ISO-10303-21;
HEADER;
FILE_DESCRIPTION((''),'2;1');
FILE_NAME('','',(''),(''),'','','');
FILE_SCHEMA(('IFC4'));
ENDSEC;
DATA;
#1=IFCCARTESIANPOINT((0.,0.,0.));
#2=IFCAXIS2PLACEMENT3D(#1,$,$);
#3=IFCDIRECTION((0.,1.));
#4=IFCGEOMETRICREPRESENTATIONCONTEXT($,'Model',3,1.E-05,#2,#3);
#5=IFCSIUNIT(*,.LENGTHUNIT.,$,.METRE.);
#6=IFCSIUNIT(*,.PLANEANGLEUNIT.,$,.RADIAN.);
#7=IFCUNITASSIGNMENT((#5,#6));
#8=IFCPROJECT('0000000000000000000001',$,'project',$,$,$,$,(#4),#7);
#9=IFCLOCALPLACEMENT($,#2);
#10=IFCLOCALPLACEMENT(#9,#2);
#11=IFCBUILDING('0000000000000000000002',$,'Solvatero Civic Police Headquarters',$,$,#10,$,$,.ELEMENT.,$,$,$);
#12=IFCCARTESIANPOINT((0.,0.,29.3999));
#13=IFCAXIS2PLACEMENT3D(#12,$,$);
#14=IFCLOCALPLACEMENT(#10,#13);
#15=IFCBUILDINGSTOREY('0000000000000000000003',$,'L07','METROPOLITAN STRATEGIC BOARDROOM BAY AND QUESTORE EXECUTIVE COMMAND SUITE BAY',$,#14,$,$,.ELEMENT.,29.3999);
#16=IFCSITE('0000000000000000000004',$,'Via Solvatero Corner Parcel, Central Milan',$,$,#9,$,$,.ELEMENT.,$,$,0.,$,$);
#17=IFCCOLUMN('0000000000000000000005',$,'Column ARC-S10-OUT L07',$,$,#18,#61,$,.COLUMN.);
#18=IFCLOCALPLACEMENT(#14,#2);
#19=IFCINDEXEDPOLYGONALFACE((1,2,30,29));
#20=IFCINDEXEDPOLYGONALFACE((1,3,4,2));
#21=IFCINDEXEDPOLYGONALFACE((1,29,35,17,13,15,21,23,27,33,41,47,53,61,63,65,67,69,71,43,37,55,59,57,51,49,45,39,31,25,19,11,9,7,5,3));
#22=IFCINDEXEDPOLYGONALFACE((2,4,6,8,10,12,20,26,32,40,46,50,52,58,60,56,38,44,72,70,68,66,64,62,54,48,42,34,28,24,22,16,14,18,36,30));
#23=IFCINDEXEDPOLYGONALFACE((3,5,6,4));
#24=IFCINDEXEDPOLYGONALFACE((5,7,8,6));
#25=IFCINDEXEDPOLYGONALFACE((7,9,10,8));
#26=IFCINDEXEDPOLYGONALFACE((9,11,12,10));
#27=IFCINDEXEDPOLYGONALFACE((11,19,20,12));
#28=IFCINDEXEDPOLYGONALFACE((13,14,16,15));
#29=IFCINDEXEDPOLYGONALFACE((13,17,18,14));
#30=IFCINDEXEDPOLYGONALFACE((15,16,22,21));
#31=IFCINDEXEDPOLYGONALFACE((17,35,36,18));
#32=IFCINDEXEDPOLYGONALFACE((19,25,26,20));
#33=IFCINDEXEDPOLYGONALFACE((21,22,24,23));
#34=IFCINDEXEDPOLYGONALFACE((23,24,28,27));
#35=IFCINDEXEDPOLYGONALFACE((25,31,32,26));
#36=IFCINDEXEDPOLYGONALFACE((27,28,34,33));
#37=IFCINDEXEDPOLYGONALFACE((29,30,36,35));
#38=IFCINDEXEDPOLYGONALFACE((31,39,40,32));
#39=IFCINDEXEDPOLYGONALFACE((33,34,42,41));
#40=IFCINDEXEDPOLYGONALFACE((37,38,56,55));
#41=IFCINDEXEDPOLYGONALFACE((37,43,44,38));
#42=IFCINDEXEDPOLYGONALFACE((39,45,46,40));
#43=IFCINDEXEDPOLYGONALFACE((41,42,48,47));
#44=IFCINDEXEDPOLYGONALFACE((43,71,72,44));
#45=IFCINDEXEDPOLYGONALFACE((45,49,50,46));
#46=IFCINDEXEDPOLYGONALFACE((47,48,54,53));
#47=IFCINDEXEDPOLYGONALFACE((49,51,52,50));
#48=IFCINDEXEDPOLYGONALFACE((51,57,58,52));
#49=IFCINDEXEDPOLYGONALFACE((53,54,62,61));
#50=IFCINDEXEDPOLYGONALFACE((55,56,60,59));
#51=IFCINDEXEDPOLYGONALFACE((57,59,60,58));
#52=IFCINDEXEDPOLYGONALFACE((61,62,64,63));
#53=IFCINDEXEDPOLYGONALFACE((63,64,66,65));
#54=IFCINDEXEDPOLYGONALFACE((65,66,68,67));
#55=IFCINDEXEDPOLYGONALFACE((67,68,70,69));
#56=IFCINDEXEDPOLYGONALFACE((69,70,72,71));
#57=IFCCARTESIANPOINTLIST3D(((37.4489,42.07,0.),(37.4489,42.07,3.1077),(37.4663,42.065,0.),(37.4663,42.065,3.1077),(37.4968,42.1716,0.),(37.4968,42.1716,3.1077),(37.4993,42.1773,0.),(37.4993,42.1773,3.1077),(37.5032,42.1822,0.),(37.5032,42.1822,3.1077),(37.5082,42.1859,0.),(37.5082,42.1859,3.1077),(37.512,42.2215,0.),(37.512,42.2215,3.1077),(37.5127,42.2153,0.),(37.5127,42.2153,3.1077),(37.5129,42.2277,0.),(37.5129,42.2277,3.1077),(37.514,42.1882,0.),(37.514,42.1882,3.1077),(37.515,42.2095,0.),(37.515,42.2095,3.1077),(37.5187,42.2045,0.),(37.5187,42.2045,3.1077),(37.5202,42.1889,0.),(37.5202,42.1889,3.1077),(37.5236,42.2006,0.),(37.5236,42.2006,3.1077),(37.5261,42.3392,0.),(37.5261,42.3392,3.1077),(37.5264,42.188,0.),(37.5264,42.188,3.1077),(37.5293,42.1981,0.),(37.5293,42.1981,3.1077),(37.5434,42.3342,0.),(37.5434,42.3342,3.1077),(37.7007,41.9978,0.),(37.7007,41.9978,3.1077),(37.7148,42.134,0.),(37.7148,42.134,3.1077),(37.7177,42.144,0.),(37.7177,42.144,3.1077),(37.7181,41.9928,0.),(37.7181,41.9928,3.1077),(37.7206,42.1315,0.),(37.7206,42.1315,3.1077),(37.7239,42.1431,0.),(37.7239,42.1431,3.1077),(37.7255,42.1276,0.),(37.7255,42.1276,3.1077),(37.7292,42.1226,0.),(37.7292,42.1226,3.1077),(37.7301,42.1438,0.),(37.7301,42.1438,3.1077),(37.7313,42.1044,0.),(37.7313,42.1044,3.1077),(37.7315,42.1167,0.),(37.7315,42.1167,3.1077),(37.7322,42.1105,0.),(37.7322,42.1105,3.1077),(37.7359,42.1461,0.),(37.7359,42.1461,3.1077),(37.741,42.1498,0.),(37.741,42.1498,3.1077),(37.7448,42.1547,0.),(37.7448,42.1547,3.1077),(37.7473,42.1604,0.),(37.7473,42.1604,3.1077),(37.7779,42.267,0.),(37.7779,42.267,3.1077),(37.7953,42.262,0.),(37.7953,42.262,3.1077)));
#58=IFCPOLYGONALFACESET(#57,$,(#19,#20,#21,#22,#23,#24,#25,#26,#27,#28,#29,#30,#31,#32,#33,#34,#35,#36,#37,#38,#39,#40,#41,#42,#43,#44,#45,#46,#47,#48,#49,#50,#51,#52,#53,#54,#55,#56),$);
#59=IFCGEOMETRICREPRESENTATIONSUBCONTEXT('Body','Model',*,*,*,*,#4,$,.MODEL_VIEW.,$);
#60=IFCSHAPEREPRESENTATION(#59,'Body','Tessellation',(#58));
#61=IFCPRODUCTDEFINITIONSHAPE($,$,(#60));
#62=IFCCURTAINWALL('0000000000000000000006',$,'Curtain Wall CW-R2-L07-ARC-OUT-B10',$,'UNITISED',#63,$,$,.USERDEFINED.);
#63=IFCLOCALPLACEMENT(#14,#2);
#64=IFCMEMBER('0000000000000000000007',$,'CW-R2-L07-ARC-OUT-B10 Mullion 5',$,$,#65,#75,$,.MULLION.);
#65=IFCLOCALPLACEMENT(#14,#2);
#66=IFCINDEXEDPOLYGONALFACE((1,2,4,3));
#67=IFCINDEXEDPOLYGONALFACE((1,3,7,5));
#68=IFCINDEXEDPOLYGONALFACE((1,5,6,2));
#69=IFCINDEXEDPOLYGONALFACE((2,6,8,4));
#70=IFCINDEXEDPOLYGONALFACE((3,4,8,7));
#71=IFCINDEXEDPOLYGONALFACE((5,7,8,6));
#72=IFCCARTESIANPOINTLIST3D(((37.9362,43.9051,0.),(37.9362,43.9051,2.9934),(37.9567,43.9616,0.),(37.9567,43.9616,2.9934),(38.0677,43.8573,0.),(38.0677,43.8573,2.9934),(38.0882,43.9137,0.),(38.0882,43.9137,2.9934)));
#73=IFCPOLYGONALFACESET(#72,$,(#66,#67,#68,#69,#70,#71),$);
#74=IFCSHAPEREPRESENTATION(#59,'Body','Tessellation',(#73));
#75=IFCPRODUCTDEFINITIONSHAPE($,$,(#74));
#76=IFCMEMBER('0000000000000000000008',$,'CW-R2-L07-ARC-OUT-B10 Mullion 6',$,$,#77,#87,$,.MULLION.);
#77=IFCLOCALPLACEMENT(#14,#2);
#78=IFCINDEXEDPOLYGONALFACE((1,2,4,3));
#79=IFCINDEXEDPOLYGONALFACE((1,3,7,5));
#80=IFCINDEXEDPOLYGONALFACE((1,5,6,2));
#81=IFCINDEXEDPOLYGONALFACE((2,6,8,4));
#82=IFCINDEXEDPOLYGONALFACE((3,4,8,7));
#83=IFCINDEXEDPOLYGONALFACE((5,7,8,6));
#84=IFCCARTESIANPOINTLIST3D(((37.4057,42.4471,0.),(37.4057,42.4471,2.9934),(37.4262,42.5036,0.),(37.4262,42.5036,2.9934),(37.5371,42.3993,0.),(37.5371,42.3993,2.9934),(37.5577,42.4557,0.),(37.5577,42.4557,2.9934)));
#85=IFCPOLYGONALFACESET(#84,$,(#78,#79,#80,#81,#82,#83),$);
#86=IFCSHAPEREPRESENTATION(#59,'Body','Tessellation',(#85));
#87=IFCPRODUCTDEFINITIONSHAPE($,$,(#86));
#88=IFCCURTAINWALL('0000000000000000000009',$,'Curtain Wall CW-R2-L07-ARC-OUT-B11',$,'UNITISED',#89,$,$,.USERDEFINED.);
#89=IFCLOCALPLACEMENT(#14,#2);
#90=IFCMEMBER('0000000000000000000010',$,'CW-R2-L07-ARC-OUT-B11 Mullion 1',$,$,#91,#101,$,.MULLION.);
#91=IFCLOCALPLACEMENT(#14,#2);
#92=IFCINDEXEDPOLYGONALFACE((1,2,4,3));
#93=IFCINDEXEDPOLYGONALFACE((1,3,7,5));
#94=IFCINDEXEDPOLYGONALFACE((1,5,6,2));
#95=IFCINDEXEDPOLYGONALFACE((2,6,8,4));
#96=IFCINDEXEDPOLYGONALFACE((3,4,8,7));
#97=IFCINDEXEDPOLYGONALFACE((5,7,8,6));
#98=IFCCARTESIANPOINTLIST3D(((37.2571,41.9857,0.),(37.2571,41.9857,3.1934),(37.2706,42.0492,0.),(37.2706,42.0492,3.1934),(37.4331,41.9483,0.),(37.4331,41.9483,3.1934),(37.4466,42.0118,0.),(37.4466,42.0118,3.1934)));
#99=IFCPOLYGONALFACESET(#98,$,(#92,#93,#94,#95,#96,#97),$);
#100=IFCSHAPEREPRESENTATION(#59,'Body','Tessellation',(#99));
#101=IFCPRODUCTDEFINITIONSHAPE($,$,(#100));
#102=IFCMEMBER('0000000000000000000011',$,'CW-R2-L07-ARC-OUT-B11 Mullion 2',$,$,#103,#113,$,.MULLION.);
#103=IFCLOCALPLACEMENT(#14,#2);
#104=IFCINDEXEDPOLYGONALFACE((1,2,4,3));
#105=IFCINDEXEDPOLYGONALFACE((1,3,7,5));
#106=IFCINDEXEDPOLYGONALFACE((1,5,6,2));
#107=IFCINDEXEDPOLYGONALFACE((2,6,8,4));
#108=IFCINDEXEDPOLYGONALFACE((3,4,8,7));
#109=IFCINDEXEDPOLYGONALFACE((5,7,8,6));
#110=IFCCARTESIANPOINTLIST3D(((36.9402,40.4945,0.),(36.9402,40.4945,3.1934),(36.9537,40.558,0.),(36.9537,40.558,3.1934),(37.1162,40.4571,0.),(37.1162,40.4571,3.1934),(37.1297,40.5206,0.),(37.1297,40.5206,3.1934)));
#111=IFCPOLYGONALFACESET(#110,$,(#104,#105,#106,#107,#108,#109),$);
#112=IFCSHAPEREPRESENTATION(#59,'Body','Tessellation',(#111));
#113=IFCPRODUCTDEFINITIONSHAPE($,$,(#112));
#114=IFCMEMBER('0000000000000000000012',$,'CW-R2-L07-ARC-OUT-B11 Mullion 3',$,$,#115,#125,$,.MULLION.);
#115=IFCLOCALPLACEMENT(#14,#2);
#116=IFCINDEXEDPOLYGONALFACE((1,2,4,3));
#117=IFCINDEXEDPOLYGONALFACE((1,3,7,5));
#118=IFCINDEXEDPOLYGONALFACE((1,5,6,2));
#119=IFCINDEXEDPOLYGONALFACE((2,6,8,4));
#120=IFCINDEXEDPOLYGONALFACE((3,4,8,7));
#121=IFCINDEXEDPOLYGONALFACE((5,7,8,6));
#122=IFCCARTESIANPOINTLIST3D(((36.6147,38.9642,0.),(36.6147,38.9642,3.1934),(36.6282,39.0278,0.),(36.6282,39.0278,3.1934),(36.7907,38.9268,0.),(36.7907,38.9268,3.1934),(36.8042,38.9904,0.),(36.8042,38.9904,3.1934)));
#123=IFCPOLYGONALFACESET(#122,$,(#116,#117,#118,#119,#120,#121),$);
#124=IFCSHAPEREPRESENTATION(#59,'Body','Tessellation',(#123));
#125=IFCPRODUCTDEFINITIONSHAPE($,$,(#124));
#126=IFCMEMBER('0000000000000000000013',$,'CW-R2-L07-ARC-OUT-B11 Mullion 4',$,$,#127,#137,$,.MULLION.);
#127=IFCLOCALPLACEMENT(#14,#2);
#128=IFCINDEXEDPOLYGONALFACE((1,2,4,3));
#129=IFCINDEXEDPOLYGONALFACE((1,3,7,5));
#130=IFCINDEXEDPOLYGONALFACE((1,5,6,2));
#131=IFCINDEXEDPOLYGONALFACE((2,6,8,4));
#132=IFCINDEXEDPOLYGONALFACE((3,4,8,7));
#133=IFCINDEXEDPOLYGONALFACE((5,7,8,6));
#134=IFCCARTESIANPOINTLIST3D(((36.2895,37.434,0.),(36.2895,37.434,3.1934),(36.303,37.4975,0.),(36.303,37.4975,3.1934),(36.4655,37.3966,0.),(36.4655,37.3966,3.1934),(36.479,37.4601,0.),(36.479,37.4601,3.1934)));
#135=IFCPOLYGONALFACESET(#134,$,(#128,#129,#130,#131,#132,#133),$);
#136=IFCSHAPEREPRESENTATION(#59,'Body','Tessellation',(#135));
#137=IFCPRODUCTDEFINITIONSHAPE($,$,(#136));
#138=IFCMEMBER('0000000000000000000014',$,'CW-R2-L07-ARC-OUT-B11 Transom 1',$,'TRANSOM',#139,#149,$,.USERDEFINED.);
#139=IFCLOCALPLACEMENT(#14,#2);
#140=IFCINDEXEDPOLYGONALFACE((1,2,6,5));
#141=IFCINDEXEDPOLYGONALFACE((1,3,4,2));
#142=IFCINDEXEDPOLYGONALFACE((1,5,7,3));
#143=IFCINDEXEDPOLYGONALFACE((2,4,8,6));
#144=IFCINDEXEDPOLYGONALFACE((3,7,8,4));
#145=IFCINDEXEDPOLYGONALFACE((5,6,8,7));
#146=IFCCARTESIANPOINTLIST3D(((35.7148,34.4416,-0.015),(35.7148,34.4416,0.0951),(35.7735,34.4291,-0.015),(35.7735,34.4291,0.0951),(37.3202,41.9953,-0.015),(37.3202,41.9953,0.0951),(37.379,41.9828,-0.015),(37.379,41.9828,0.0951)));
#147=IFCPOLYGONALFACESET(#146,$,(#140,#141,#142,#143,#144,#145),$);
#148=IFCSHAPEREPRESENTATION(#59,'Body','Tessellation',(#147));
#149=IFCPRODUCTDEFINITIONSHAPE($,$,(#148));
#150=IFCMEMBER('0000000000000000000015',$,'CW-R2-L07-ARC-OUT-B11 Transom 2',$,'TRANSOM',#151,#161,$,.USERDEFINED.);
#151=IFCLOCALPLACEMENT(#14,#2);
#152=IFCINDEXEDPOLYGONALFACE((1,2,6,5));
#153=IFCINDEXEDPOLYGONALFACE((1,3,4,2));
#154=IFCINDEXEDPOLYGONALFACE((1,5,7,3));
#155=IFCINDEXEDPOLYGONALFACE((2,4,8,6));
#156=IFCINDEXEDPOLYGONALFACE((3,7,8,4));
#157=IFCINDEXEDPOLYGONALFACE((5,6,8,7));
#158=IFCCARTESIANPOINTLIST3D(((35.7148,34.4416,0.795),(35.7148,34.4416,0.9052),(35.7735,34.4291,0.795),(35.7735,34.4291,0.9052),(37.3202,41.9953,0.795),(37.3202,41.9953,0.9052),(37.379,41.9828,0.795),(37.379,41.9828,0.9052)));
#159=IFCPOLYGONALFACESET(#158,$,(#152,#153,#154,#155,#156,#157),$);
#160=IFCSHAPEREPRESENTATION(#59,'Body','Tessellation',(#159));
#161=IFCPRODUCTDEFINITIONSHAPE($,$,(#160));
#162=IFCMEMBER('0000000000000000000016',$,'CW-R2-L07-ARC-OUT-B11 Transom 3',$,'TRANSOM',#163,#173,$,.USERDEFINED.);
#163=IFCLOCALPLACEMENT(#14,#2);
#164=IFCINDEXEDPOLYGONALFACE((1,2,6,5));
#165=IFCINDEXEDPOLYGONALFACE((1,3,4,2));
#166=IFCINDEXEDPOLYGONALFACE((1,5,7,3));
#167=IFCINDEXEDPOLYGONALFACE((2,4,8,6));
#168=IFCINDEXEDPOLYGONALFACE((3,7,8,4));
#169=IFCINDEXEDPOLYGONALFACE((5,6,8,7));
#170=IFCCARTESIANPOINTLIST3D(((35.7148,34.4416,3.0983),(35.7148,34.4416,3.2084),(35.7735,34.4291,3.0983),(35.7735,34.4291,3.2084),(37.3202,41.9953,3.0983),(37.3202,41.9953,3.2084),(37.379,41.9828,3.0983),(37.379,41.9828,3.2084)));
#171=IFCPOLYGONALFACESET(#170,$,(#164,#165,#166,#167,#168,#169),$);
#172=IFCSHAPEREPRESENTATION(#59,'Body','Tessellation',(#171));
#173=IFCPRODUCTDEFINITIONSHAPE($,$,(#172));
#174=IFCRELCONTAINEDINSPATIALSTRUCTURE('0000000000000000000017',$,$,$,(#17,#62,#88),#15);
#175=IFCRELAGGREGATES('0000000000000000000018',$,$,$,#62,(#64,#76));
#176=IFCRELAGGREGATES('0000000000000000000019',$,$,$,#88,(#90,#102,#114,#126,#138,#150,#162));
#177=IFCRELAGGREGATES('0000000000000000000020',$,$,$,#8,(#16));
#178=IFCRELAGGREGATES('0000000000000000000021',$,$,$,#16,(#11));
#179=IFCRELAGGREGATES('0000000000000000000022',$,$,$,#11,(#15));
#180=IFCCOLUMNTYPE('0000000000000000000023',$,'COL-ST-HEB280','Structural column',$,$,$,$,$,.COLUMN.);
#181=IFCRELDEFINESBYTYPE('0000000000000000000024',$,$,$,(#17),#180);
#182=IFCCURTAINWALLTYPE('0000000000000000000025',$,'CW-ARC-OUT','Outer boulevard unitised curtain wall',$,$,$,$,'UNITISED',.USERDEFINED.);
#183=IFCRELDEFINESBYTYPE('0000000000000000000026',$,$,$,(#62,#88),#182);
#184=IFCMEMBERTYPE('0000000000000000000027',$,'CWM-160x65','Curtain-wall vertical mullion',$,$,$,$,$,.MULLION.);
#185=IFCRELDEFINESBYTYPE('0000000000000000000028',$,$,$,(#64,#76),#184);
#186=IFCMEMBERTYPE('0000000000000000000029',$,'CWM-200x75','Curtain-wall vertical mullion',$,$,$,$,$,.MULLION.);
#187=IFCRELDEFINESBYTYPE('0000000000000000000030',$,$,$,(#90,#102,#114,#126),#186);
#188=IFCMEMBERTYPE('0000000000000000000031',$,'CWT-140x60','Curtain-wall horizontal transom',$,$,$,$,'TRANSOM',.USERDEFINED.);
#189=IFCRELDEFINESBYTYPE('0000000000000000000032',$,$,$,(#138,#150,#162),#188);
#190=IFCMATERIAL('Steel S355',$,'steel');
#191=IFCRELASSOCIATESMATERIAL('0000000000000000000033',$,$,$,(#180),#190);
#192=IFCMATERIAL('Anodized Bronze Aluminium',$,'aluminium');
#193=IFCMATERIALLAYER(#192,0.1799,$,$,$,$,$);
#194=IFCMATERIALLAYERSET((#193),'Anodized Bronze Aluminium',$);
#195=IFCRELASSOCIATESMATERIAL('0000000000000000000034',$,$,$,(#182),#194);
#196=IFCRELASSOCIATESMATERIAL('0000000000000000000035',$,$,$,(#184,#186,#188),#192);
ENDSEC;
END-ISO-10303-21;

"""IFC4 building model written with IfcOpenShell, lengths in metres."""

from ifc_helpers import new_model, si_unit, direction, frame, origin, origin_2d, place, context, subcontext, project, spatial, rectangle, i_section, extrude, material, layer, layer_set, material_profile, profile_set, type_object, element, aggregate, save


model = new_model("IFC4")

# Units and contexts
model_context = context("Model", 3, precision=1e-05, world=origin(), true_north=direction((0.0, 1.0)))
body_context = subcontext(model_context, "Body", "Model", "MODEL_VIEW")
ifc_project = project(units=[si_unit("LENGTHUNIT", "METRE"), si_unit("PLANEANGLEUNIT", "RADIAN")], contexts=[model_context])

# Site, building, storey
site_placement = place(None, origin())
site = spatial("IfcSite", under=ifc_project, at=site_placement, Name="Via Solvatero Corner Parcel, Central Milan", CompositionType="ELEMENT", RefElevation=0.0)
building_placement = place(site_placement, origin())
building = spatial("IfcBuilding", under=site, at=building_placement, Name="Solvatero Civic Police Headquarters", CompositionType="ELEMENT")
storey_placement = place(building_placement, frame((0.0, 0.0, 29.3999)))
storey = spatial("IfcBuildingStorey", under=building, at=storey_placement, Name="L07", Description="METROPOLITAN STRATEGIC BOARDROOM BAY AND QUESTORE EXECUTIVE COMMAND SUITE BAY", CompositionType="ELEMENT", Elevation=29.3999)

# Column
ifc_material_1 = material(Name="Steel S355", Category="steel")
ifc_material_profile_1 = material_profile(ifc_material_1, i_section(OverallWidth=0.28, OverallDepth=0.28, WebThickness=0.0105, FlangeThickness=0.0181, FilletRadius=0.0239, at=origin_2d()), Name="HEB 280")
ifc_profile_set_1 = profile_set([ifc_material_profile_1], Name="Steel S355")
column_type = type_object("IfcColumnType", Name="COL-ST-HEB280", Description="Structural column", PredefinedType="COLUMN", material=ifc_profile_set_1)
column_placement = place(storey_placement, frame((37.6221, 42.166, 0.0), z_axis=(0.0, 0.0, 1.0), x_axis=(0.275637, 0.961262, 0.0)))
element("IfcColumn", 1, at=column_placement, inside=storey, type_object=column_type, Name="Column ARC-S10-OUT L07", PredefinedType="COLUMN", context=body_context, shape_type="SweptSolid", body=[
    extrude(i_section(OverallWidth=0.28, OverallDepth=0.28, WebThickness=0.0105, FlangeThickness=0.0181, FilletRadius=0.0239, at=origin_2d()), origin(), (0.0, 0.0, 1.0), 3.1077),
])

# Curtain walls, members
ifc_material_2 = material(Name="Anodized Bronze Aluminium", Category="aluminium")
ifc_layer_1 = layer(ifc_material_2, 0.1799)
ifc_layer_set_1 = layer_set([ifc_layer_1], Name="Anodized Bronze Aluminium")
curtain_wall_type = type_object("IfcCurtainWallType", Name="CW-ARC-OUT", Description="Outer boulevard unitised curtain wall", ElementType="UNITISED", PredefinedType="USERDEFINED", material=ifc_layer_set_1)
curtain_wall_1_placement = place(storey_placement, origin())
curtain_wall_1 = element("IfcCurtainWall", 2, at=curtain_wall_1_placement, inside=storey, type_object=curtain_wall_type, Name="Curtain Wall CW-R2-L07-ARC-OUT-B10", ObjectType="UNITISED", PredefinedType="USERDEFINED")
ifc_material_profile_2 = material_profile(ifc_material_2, rectangle(XDim=0.0601, YDim=0.1399, at=origin_2d()), Name="ALU MULLION 60x140")
ifc_profile_set_2 = profile_set([ifc_material_profile_2], Name="Anodized Bronze Aluminium")
member_type_1 = type_object("IfcMemberType", Name="CWM-160x65", Description="Curtain-wall vertical mullion", PredefinedType="MULLION", material=ifc_profile_set_2)
member_1_placement = place(storey_placement, frame((38.0122, 43.9094, 0.0), z_axis=(0.0, 0.0, 1.0), x_axis=(-0.34202, -0.939693, 0.0)))
member_1 = element("IfcMember", 3, at=member_1_placement, type_object=member_type_1, Name="CW-R2-L07-ARC-OUT-B10 Mullion 5", PredefinedType="MULLION", context=body_context, shape_type="SweptSolid", body=[
    extrude(rectangle(XDim=0.0601, YDim=0.1399, at=origin_2d()), origin(), (0.0, 0.0, 1.0), 2.9934),
])
member_2_placement = place(storey_placement, frame((37.4817, 42.4514, 0.0), z_axis=(0.0, 0.0, 1.0), x_axis=(-0.34202, -0.939693, 0.0)))
member_2 = element("IfcMember", 4, at=member_2_placement, type_object=member_type_1, Name="CW-R2-L07-ARC-OUT-B10 Mullion 6", PredefinedType="MULLION", context=body_context, shape_type="SweptSolid", body=[
    extrude(rectangle(XDim=0.0601, YDim=0.1399, at=origin_2d()), origin(), (0.0, 0.0, 1.0), 2.9934),
])
curtain_wall_2_placement = place(storey_placement, origin())
curtain_wall_2 = element("IfcCurtainWall", 5, at=curtain_wall_2_placement, inside=storey, type_object=curtain_wall_type, Name="Curtain Wall CW-R2-L07-ARC-OUT-B11", ObjectType="UNITISED", PredefinedType="USERDEFINED")
ifc_material_profile_3 = material_profile(ifc_material_2, rectangle(XDim=0.0649, YDim=0.1799, at=origin_2d()), Name="ALU MULLION 65x180")
ifc_profile_set_3 = profile_set([ifc_material_profile_3], Name="Anodized Bronze Aluminium")
member_type_2 = type_object("IfcMemberType", Name="CWM-200x75", Description="Curtain-wall vertical mullion", PredefinedType="MULLION", material=ifc_profile_set_3)
member_3_placement = place(storey_placement, frame((37.3518, 41.9988, 0.0), z_axis=(0.0, 0.0, 1.0), x_axis=(-0.207895, -0.978151, 0.0)))
member_3 = element("IfcMember", 6, at=member_3_placement, type_object=member_type_2, Name="CW-R2-L07-ARC-OUT-B11 Mullion 1", PredefinedType="MULLION", context=body_context, shape_type="SweptSolid", body=[
    extrude(rectangle(XDim=0.0649, YDim=0.1799, at=origin_2d()), origin(), (0.0, 0.0, 1.0), 3.1934),
])
member_4_placement = place(storey_placement, frame((37.0349, 40.5076, 0.0), z_axis=(0.0, 0.0, 1.0), x_axis=(-0.207895, -0.978151, 0.0)))
member_4 = element("IfcMember", 7, at=member_4_placement, type_object=member_type_2, Name="CW-R2-L07-ARC-OUT-B11 Mullion 2", PredefinedType="MULLION", context=body_context, shape_type="SweptSolid", body=[
    extrude(rectangle(XDim=0.0649, YDim=0.1799, at=origin_2d()), origin(), (0.0, 0.0, 1.0), 3.1934),
])
member_5_placement = place(storey_placement, frame((36.7095, 38.9773, 0.0), z_axis=(0.0, 0.0, 1.0), x_axis=(-0.207895, -0.978151, 0.0)))
member_5 = element("IfcMember", 8, at=member_5_placement, type_object=member_type_2, Name="CW-R2-L07-ARC-OUT-B11 Mullion 3", PredefinedType="MULLION", context=body_context, shape_type="SweptSolid", body=[
    extrude(rectangle(XDim=0.0649, YDim=0.1799, at=origin_2d()), origin(), (0.0, 0.0, 1.0), 3.1934),
])
member_6_placement = place(storey_placement, frame((36.3843, 37.447, 0.0), z_axis=(0.0, 0.0, 1.0), x_axis=(-0.207895, -0.978151, 0.0)))
member_6 = element("IfcMember", 9, at=member_6_placement, type_object=member_type_2, Name="CW-R2-L07-ARC-OUT-B11 Mullion 4", PredefinedType="MULLION", context=body_context, shape_type="SweptSolid", body=[
    extrude(rectangle(XDim=0.0649, YDim=0.1799, at=origin_2d()), origin(), (0.0, 0.0, 1.0), 3.1934),
])
ifc_material_profile_4 = material_profile(ifc_material_2, rectangle(XDim=0.0601, YDim=0.1101, at=origin_2d()), Name="ALU TRANSOM 60x110")
ifc_profile_set_4 = profile_set([ifc_material_profile_4], Name="Anodized Bronze Aluminium")
member_type_3 = type_object("IfcMemberType", Name="CWT-140x60", Description="Curtain-wall horizontal transom", ElementType="TRANSOM", PredefinedType="USERDEFINED", material=ifc_profile_set_4)
member_7_placement = place(storey_placement, frame((37.3496, 41.989, 0.04), z_axis=(-0.207897, -0.978151, 0.0), x_axis=(0.978151, -0.207897, 0.0)))
member_7 = element("IfcMember", 10, at=member_7_placement, type_object=member_type_3, Name="CW-R2-L07-ARC-OUT-B11 Transom 1", ObjectType="TRANSOM", PredefinedType="USERDEFINED", context=body_context, shape_type="SweptSolid", body=[
    extrude(rectangle(XDim=0.0601, YDim=0.1101, at=origin_2d()), origin(), (0.0, 0.0, 1.0), 7.7224),
])
member_8_placement = place(storey_placement, frame((37.3496, 41.989, 0.8501), z_axis=(-0.207897, -0.978151, 0.0), x_axis=(0.978151, -0.207897, 0.0)))
member_8 = element("IfcMember", 11, at=member_8_placement, type_object=member_type_3, Name="CW-R2-L07-ARC-OUT-B11 Transom 2", ObjectType="TRANSOM", PredefinedType="USERDEFINED", context=body_context, shape_type="SweptSolid", body=[
    extrude(rectangle(XDim=0.0601, YDim=0.1101, at=origin_2d()), origin(), (0.0, 0.0, 1.0), 7.7224),
])
member_9_placement = place(storey_placement, frame((37.3496, 41.989, 3.1533), z_axis=(-0.207897, -0.978151, 0.0), x_axis=(0.978151, -0.207897, 0.0)))
member_9 = element("IfcMember", 12, at=member_9_placement, type_object=member_type_3, Name="CW-R2-L07-ARC-OUT-B11 Transom 3", ObjectType="TRANSOM", PredefinedType="USERDEFINED", context=body_context, shape_type="SweptSolid", body=[
    extrude(rectangle(XDim=0.0601, YDim=0.1101, at=origin_2d()), origin(), (0.0, 0.0, 1.0), 7.7224),
])

aggregate(curtain_wall_1, [member_1, member_2])
aggregate(curtain_wall_2, [member_3, member_4, member_5, member_6, member_7, member_8, member_9])

save(model, "model.ifc")
